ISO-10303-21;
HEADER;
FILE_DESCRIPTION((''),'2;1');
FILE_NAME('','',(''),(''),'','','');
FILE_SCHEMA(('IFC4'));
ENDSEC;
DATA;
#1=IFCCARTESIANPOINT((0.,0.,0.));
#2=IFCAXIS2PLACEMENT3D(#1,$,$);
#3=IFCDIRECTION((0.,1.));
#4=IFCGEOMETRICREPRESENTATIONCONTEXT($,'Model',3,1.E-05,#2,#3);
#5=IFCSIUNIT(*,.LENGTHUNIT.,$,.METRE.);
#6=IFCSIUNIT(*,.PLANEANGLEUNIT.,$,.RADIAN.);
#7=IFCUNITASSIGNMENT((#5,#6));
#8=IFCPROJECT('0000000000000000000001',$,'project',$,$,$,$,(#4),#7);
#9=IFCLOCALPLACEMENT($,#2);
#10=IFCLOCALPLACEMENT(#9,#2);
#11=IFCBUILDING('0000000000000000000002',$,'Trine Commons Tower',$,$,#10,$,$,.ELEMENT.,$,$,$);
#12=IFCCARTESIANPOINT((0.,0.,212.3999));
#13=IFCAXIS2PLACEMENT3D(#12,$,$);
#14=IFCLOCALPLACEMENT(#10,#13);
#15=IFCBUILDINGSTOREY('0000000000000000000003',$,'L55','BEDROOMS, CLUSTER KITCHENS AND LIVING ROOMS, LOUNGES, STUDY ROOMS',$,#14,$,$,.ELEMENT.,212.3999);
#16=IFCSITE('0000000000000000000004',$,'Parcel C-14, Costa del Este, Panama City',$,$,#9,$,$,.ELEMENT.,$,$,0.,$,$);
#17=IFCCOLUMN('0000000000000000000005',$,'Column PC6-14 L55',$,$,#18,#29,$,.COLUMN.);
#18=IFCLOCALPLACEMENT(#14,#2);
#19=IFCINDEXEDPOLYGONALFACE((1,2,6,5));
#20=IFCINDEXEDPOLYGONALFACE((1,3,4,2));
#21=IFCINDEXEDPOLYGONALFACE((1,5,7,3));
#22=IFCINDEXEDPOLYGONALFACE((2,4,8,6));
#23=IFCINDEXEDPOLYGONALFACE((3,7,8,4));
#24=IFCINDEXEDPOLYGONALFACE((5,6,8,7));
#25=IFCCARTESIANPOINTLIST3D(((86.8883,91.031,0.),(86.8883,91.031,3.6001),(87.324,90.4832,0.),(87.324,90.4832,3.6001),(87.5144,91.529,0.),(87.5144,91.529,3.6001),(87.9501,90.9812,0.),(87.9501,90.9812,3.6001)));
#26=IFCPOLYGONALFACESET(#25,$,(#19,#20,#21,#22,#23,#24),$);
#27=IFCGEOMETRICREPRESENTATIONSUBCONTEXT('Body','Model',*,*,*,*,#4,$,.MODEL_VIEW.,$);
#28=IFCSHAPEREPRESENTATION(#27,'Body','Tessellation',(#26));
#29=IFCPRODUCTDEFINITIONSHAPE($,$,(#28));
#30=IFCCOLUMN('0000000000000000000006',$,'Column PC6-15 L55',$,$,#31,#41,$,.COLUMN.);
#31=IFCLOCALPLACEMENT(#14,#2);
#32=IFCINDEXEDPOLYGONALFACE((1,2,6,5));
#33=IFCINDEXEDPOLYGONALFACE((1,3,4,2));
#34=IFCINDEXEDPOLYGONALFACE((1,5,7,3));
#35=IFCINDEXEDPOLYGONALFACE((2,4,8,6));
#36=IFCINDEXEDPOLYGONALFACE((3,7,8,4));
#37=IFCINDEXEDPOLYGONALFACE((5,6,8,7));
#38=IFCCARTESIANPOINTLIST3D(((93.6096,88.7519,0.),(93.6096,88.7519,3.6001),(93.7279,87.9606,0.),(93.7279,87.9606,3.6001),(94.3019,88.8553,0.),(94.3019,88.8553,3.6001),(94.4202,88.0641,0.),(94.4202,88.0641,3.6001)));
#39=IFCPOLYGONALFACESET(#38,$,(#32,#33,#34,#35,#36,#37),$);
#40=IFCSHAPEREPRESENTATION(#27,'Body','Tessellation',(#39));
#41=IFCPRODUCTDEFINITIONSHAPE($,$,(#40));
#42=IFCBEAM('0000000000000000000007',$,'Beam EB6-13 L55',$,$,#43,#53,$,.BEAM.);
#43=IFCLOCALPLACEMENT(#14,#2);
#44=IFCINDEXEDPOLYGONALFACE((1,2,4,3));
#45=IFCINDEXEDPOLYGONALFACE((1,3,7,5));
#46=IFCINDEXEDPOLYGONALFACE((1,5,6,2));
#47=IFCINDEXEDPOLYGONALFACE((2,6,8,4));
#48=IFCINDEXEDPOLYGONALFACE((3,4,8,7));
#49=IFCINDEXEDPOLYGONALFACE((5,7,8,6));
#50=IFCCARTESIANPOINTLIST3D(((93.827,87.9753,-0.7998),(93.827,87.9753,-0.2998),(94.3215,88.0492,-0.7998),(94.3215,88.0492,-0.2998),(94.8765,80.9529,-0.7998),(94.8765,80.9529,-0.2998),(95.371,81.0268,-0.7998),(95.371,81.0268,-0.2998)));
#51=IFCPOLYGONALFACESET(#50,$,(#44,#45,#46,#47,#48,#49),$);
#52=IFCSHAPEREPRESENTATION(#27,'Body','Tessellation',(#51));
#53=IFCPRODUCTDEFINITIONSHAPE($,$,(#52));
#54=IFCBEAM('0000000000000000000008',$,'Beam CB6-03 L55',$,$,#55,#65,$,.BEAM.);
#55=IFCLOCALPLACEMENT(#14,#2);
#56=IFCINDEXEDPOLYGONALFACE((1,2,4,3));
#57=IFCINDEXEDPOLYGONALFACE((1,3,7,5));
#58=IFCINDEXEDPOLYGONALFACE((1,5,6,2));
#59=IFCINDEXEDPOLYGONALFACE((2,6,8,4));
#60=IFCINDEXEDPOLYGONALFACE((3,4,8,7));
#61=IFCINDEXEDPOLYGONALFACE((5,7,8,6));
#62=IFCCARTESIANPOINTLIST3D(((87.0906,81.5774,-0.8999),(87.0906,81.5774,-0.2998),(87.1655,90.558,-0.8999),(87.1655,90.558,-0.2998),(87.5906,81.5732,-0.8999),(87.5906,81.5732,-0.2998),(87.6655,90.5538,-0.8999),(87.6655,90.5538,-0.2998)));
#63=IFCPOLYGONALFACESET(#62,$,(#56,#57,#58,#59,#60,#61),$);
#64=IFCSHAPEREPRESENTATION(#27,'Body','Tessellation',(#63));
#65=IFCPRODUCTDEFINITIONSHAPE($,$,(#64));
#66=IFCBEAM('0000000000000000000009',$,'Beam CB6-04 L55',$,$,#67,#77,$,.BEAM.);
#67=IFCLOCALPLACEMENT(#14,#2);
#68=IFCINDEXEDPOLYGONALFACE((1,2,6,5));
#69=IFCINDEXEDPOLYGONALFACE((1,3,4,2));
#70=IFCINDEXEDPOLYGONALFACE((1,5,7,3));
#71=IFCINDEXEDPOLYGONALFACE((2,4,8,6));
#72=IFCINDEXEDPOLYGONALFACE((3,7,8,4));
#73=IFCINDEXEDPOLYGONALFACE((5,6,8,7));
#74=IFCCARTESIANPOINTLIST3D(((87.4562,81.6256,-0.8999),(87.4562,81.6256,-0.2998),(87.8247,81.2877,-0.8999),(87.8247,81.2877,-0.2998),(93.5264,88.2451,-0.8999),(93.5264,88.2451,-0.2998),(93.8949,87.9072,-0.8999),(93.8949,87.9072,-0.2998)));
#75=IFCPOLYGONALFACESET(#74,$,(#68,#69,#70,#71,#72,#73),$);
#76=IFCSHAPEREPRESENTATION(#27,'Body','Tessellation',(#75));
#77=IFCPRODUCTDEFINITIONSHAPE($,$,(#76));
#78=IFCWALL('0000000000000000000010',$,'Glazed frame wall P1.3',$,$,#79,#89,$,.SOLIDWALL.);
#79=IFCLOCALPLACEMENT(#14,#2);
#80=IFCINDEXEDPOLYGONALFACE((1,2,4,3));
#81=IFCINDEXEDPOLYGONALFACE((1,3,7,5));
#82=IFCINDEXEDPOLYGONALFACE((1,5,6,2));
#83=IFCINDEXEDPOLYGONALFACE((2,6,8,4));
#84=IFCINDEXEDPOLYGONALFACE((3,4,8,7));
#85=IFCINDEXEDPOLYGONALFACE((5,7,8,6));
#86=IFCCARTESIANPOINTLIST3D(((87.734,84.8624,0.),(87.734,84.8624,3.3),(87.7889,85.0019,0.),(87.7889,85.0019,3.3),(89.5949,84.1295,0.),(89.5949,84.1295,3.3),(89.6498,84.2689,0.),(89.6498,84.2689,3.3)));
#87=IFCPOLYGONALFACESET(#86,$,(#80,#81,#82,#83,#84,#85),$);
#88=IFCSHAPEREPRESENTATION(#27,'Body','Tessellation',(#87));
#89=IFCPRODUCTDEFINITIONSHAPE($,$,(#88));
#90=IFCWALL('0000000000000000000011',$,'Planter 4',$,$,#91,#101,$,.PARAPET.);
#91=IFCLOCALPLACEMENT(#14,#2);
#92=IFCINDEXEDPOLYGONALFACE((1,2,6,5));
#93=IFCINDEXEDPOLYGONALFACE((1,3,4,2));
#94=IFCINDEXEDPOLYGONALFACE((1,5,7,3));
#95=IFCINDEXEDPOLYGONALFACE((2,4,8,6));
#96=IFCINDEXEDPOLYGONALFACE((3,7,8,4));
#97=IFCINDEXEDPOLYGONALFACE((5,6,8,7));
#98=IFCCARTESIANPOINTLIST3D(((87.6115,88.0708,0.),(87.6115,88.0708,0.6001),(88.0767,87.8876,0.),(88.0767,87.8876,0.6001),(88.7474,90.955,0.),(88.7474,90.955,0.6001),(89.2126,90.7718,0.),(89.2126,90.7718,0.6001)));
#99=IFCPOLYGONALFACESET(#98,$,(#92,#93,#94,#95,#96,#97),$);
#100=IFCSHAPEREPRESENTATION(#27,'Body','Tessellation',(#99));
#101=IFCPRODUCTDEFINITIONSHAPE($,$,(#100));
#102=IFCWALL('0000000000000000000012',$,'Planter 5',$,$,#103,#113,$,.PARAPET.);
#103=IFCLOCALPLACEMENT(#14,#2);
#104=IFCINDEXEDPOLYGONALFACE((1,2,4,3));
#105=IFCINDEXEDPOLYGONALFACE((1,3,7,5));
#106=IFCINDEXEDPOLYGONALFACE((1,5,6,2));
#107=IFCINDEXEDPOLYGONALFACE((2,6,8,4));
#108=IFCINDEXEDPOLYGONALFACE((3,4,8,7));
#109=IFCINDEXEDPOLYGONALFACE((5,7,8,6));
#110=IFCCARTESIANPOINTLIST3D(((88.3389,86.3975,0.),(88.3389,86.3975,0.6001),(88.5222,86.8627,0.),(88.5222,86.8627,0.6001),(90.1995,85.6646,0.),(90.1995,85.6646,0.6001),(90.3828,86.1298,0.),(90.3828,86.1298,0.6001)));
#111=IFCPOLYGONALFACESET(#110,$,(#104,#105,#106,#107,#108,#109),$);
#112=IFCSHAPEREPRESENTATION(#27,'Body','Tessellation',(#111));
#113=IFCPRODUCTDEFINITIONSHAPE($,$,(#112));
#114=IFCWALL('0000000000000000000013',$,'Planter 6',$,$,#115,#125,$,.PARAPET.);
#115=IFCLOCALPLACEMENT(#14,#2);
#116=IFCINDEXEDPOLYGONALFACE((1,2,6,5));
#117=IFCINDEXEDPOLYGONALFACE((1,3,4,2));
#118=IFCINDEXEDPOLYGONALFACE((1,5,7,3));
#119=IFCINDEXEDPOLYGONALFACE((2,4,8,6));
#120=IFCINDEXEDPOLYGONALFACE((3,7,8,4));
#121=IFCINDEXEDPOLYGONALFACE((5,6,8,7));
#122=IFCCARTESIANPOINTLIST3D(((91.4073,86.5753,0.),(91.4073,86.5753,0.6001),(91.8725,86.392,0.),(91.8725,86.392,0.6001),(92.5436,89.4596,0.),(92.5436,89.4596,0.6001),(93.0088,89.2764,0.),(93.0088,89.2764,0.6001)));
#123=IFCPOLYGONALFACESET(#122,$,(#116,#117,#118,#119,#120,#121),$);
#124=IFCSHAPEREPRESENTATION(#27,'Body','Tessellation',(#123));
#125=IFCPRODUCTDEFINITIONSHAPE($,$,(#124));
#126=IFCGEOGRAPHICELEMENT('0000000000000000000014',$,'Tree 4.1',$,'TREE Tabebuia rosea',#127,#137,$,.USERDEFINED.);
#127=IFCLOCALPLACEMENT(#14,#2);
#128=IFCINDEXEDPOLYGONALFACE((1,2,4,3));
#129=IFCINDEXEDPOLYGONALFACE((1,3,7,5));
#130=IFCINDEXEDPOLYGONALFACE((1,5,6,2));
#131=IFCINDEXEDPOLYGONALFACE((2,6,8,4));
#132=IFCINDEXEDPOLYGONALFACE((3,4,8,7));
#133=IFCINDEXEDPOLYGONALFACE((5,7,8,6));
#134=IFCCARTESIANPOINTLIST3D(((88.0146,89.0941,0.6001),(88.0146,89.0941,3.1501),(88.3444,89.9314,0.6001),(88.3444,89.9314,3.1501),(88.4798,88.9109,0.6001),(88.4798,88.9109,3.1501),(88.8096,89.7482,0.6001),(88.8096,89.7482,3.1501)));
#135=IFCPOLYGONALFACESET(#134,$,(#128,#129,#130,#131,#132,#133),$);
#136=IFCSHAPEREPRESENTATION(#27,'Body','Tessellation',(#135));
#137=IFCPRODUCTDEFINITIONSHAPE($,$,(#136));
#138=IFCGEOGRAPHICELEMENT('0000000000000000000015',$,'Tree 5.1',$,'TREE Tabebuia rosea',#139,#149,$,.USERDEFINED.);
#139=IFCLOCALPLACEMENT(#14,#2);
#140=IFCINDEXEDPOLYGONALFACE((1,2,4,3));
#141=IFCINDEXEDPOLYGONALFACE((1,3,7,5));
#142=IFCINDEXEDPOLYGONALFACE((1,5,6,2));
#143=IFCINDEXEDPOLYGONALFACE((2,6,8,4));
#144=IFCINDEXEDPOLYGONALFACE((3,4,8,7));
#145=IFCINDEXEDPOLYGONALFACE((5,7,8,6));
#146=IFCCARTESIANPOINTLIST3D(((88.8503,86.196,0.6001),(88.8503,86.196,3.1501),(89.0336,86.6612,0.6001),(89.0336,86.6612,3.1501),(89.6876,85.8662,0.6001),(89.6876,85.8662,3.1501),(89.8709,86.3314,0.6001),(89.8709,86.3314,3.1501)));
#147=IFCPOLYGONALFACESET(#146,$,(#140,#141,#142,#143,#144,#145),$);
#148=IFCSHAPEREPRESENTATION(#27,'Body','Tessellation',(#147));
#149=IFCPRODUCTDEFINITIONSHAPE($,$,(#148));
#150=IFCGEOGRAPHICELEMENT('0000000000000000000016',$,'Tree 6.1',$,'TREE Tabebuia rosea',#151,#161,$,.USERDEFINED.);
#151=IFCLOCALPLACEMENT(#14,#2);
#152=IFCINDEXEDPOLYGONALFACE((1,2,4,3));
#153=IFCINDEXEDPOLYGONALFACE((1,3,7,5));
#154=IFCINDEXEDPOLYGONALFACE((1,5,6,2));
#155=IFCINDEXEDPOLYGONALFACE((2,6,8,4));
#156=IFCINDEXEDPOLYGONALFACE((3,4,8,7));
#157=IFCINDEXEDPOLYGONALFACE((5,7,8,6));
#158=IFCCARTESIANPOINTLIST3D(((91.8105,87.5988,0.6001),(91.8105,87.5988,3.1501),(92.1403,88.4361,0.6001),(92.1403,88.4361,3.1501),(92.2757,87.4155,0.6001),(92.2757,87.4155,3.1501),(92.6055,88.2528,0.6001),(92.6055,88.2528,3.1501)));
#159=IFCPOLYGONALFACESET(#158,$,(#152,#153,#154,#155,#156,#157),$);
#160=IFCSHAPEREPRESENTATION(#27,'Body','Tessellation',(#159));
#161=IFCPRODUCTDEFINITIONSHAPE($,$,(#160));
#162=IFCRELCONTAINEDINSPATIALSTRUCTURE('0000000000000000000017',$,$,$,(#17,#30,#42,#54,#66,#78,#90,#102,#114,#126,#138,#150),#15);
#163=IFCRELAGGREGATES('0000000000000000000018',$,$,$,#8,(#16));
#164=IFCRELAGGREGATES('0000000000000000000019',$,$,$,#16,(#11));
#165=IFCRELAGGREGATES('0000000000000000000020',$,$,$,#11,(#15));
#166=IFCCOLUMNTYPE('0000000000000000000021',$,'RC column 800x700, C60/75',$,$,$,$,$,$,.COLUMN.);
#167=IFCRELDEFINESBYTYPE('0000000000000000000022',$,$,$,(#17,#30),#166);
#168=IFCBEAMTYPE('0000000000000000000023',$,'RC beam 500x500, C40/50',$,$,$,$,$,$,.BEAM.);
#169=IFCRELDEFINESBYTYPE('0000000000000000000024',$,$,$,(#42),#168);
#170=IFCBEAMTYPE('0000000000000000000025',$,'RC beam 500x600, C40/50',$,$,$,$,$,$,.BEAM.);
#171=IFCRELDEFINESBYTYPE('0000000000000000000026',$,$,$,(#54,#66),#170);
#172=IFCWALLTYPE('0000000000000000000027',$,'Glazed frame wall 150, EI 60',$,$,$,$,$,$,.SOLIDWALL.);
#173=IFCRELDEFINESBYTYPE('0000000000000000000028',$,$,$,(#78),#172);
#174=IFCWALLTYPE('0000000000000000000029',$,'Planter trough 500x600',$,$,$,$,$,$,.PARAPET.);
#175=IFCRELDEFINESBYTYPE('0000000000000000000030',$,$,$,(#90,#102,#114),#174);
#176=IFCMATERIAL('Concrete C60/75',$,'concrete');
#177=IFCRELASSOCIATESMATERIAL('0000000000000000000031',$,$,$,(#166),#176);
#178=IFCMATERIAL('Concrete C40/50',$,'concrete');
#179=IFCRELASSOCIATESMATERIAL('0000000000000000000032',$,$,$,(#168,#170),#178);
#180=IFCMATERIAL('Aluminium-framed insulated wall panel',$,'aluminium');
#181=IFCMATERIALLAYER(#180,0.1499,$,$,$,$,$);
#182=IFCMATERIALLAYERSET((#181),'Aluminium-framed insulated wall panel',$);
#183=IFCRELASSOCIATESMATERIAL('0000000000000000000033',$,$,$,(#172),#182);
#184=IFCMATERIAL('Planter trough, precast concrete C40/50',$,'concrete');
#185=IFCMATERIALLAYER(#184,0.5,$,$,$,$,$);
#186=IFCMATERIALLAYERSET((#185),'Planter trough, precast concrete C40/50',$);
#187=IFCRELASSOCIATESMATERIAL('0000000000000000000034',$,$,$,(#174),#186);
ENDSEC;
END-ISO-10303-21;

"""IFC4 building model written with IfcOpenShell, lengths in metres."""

from ifc_helpers import new_model, si_unit, direction, frame, frame_2d, origin, origin_2d, place, context, subcontext, project, spatial, polyline, rectangle, outline, extrude, material, layer, layer_set, material_profile, profile_set, type_object, element, save


model = new_model("IFC4")

# Units and contexts
model_context = context("Model", 3, precision=1e-05, world=origin(), true_north=direction((0.0, 1.0)))
body_context = subcontext(model_context, "Body", "Model", "MODEL_VIEW")
ifc_project = project(units=[si_unit("LENGTHUNIT", "METRE"), si_unit("PLANEANGLEUNIT", "RADIAN")], contexts=[model_context])

# Site, building, storey
site_placement = place(None, origin())
site = spatial("IfcSite", under=ifc_project, at=site_placement, Name="Parcel C-14, Costa del Este, Panama City", CompositionType="ELEMENT", RefElevation=0.0)
building_placement = place(site_placement, origin())
building = spatial("IfcBuilding", under=site, at=building_placement, Name="Trine Commons Tower", CompositionType="ELEMENT")
storey_placement = place(building_placement, frame((0.0, 0.0, 212.3999)))
storey = spatial("IfcBuildingStorey", under=building, at=storey_placement, Name="L55", Description="BEDROOMS, CLUSTER KITCHENS AND LIVING ROOMS, LOUNGES, STUDY ROOMS", CompositionType="ELEMENT", Elevation=212.3999)

# Columns
ifc_material_1 = material(Name="Concrete C60/75", Category="concrete")
ifc_material_profile_1 = material_profile(ifc_material_1, rectangle(XDim=0.8, YDim=0.7, at=origin_2d()), Name="RC 800x700")
ifc_profile_set_1 = profile_set([ifc_material_profile_1], Name="Concrete C60/75")
column_type = type_object("IfcColumnType", Name="RC column 800x700, C60/75", PredefinedType="COLUMN", material=ifc_profile_set_1)
for number, where, z_axis, x_axis, name in (
    (1, (87.4192, 91.0061, 0.0), (0.0, 0.0, 1.0), (0.782608, 0.622515, 0.0), "Column PC6-14 L55"),
    (2, (94.0149, 88.408, 0.0), (0.0, 0.0, 1.0), (-0.147809, 0.989016, 0.0), "Column PC6-15 L55"),
):
    element("IfcColumn", number, at=place(storey_placement, frame(where, z_axis=z_axis, x_axis=x_axis)), inside=storey, type_object=column_type, Name=name, PredefinedType="COLUMN", context=body_context, shape_type="SweptSolid", body=[
        extrude(rectangle(XDim=0.8, YDim=0.7, at=origin_2d()), origin(), (0.0, 0.0, 1.0), 3.6001),
    ])

# Beams
ifc_material_2 = material(Name="Concrete C40/50", Category="concrete")
ifc_material_profile_2 = material_profile(ifc_material_2, rectangle(XDim=0.5, YDim=0.5, at=origin_2d()), Name="RC 500x500")
ifc_profile_set_2 = profile_set([ifc_material_profile_2], Name="Concrete C40/50")
beam_type_1 = type_object("IfcBeamType", Name="RC beam 500x500, C40/50", PredefinedType="BEAM", material=ifc_profile_set_2)
beam_1_placement = place(storey_placement, frame((94.0742, 88.0122, -0.5498), z_axis=(0.147816, -0.989015, 0.0), x_axis=(0.989015, 0.147816, 0.0)))
element("IfcBeam", 3, at=beam_1_placement, inside=storey, type_object=beam_type_1, Name="Beam EB6-13 L55", PredefinedType="BEAM", context=body_context, shape_type="SweptSolid", body=[
    extrude(rectangle(XDim=0.5, YDim=0.5, at=origin_2d()), origin(), (0.0, 0.0, 1.0), 7.1003),
])
ifc_material_profile_3 = material_profile(ifc_material_2, rectangle(XDim=0.5, YDim=0.6001, at=origin_2d()), Name="RC 500x600")
ifc_profile_set_3 = profile_set([ifc_material_profile_3], Name="Concrete C40/50")
beam_type_2 = type_object("IfcBeamType", Name="RC beam 500x600, C40/50", PredefinedType="BEAM", material=ifc_profile_set_3)
beam_2_placement = place(storey_placement, frame((87.4155, 90.5559, -0.5999), z_axis=(-0.008346, -0.999965, 0.0), x_axis=(0.999965, -0.008346, 0.0)))
element("IfcBeam", 4, at=beam_2_placement, inside=storey, type_object=beam_type_2, Name="Beam CB6-03 L55", PredefinedType="BEAM", context=body_context, shape_type="SweptSolid", body=[
    extrude(rectangle(XDim=0.5, YDim=0.6001, at=origin_2d()), origin(), (0.0, 0.0, 1.0), 8.981),
])
beam_3_placement = place(storey_placement, frame((93.7107, 88.0762, -0.5999), z_axis=(-0.675865, -0.737025, 0.0), x_axis=(0.737025, -0.675865, 0.0)))
element("IfcBeam", 5, at=beam_3_placement, inside=storey, type_object=beam_type_2, Name="Beam CB6-04 L55", PredefinedType="BEAM", context=body_context, shape_type="SweptSolid", body=[
    extrude(rectangle(XDim=0.5, YDim=0.6001, at=origin_2d()), origin(), (0.0, 0.0, 1.0), 8.9814),
])

# Walls
ifc_material_3 = material(Name="Aluminium-framed insulated wall panel", Category="aluminium")
ifc_layer_1 = layer(ifc_material_3, 0.1499)
ifc_layer_set_1 = layer_set([ifc_layer_1], Name="Aluminium-framed insulated wall panel")
wall_type_1 = type_object("IfcWallType", Name="Glazed frame wall 150, EI 60", PredefinedType="SOLIDWALL", material=ifc_layer_set_1)
wall_1_placement = place(storey_placement, frame((87.7615, 84.9321, 0.0), z_axis=(0.0, 0.0, 1.0), x_axis=(0.930434, -0.36646, 0.0)))
element("IfcWall", 6, at=wall_1_placement, inside=storey, type_object=wall_type_1, Name="Glazed frame wall P1.3", PredefinedType="SOLIDWALL", context=body_context, shape_type="SweptSolid", body=[
    extrude(outline(polyline([(0.0, -0.075), (2.0, -0.075), (2.0, 0.075), (0.0, 0.075), (0.0, -0.075)])), origin(), (0.0, 0.0, 1.0), 3.3),
])
ifc_material_4 = material(Name="Planter trough, precast concrete C40/50", Category="concrete")
ifc_layer_2 = layer(ifc_material_4, 0.5)
ifc_layer_set_2 = layer_set([ifc_layer_2], Name="Planter trough, precast concrete C40/50")
wall_type_2 = type_object("IfcWallType", Name="Planter trough 500x600", PredefinedType="PARAPET", material=ifc_layer_set_2)
wall_2_placement = place(storey_placement, frame((88.98, 90.8633, 0.0), z_axis=(0.0, 0.0, 1.0), x_axis=(-0.366456, -0.930435, 0.0)))
element("IfcWall", 7, at=wall_2_placement, inside=storey, type_object=wall_type_2, Name="Planter 4", PredefinedType="PARAPET", context=body_context, shape_type="SweptSolid", body=[
    extrude(rectangle(XDim=3.0999, YDim=0.5, at=frame_2d((1.5498, 0.0))), origin(), (0.0, 0.0, 1.0), 0.6001),
])
wall_3_placement = place(storey_placement, frame((88.4304, 86.6301, 0.0), z_axis=(0.0, 0.0, 1.0), x_axis=(0.930417, -0.366502, 0.0)))
element("IfcWall", 8, at=wall_3_placement, inside=storey, type_object=wall_type_2, Name="Planter 5", PredefinedType="PARAPET", context=body_context, shape_type="SweptSolid", body=[
    extrude(rectangle(XDim=1.9998, YDim=0.5, at=frame_2d((1.0, 0.0))), origin(), (0.0, 0.0, 1.0), 0.6001),
])
wall_4_placement = place(storey_placement, frame((91.6399, 86.4836, 0.0), z_axis=(0.0, 0.0, 1.0), x_axis=(0.366525, 0.930408, 0.0)))
element("IfcWall", 9, at=wall_4_placement, inside=storey, type_object=wall_type_2, Name="Planter 6", PredefinedType="PARAPET", context=body_context, shape_type="SweptSolid", body=[
    extrude(rectangle(XDim=3.1001, YDim=0.5, at=frame_2d((1.55, 0.0))), origin(), (0.0, 0.0, 1.0), 0.6001),
])

# Geographic elements
for number, where, z_axis, x_axis, name in (
    (10, (88.4121, 89.4211, 0.6001), (0.0, 0.0, 1.0), (-0.366495, -0.93042, 0.0), "Tree 4.1"),
    (11, (89.3606, 86.2637, 0.6001), (0.0, 0.0, 1.0), (0.930417, -0.366503, 0.0), "Tree 5.1"),
    (12, (92.208, 87.9258, 0.6001), (0.0, 0.0, 1.0), (0.366521, 0.93041, 0.0), "Tree 6.1"),
):
    element("IfcGeographicElement", number, at=place(storey_placement, frame(where, z_axis=z_axis, x_axis=x_axis)), inside=storey, Name=name, ObjectType="TREE Tabebuia rosea", PredefinedType="USERDEFINED", context=body_context, shape_type="SweptSolid", body=[
        extrude(rectangle(XDim=0.8999, YDim=0.5, at=origin_2d()), origin(), (0.0, 0.0, 1.0), 2.55),
    ])

save(model, "model.ifc")
